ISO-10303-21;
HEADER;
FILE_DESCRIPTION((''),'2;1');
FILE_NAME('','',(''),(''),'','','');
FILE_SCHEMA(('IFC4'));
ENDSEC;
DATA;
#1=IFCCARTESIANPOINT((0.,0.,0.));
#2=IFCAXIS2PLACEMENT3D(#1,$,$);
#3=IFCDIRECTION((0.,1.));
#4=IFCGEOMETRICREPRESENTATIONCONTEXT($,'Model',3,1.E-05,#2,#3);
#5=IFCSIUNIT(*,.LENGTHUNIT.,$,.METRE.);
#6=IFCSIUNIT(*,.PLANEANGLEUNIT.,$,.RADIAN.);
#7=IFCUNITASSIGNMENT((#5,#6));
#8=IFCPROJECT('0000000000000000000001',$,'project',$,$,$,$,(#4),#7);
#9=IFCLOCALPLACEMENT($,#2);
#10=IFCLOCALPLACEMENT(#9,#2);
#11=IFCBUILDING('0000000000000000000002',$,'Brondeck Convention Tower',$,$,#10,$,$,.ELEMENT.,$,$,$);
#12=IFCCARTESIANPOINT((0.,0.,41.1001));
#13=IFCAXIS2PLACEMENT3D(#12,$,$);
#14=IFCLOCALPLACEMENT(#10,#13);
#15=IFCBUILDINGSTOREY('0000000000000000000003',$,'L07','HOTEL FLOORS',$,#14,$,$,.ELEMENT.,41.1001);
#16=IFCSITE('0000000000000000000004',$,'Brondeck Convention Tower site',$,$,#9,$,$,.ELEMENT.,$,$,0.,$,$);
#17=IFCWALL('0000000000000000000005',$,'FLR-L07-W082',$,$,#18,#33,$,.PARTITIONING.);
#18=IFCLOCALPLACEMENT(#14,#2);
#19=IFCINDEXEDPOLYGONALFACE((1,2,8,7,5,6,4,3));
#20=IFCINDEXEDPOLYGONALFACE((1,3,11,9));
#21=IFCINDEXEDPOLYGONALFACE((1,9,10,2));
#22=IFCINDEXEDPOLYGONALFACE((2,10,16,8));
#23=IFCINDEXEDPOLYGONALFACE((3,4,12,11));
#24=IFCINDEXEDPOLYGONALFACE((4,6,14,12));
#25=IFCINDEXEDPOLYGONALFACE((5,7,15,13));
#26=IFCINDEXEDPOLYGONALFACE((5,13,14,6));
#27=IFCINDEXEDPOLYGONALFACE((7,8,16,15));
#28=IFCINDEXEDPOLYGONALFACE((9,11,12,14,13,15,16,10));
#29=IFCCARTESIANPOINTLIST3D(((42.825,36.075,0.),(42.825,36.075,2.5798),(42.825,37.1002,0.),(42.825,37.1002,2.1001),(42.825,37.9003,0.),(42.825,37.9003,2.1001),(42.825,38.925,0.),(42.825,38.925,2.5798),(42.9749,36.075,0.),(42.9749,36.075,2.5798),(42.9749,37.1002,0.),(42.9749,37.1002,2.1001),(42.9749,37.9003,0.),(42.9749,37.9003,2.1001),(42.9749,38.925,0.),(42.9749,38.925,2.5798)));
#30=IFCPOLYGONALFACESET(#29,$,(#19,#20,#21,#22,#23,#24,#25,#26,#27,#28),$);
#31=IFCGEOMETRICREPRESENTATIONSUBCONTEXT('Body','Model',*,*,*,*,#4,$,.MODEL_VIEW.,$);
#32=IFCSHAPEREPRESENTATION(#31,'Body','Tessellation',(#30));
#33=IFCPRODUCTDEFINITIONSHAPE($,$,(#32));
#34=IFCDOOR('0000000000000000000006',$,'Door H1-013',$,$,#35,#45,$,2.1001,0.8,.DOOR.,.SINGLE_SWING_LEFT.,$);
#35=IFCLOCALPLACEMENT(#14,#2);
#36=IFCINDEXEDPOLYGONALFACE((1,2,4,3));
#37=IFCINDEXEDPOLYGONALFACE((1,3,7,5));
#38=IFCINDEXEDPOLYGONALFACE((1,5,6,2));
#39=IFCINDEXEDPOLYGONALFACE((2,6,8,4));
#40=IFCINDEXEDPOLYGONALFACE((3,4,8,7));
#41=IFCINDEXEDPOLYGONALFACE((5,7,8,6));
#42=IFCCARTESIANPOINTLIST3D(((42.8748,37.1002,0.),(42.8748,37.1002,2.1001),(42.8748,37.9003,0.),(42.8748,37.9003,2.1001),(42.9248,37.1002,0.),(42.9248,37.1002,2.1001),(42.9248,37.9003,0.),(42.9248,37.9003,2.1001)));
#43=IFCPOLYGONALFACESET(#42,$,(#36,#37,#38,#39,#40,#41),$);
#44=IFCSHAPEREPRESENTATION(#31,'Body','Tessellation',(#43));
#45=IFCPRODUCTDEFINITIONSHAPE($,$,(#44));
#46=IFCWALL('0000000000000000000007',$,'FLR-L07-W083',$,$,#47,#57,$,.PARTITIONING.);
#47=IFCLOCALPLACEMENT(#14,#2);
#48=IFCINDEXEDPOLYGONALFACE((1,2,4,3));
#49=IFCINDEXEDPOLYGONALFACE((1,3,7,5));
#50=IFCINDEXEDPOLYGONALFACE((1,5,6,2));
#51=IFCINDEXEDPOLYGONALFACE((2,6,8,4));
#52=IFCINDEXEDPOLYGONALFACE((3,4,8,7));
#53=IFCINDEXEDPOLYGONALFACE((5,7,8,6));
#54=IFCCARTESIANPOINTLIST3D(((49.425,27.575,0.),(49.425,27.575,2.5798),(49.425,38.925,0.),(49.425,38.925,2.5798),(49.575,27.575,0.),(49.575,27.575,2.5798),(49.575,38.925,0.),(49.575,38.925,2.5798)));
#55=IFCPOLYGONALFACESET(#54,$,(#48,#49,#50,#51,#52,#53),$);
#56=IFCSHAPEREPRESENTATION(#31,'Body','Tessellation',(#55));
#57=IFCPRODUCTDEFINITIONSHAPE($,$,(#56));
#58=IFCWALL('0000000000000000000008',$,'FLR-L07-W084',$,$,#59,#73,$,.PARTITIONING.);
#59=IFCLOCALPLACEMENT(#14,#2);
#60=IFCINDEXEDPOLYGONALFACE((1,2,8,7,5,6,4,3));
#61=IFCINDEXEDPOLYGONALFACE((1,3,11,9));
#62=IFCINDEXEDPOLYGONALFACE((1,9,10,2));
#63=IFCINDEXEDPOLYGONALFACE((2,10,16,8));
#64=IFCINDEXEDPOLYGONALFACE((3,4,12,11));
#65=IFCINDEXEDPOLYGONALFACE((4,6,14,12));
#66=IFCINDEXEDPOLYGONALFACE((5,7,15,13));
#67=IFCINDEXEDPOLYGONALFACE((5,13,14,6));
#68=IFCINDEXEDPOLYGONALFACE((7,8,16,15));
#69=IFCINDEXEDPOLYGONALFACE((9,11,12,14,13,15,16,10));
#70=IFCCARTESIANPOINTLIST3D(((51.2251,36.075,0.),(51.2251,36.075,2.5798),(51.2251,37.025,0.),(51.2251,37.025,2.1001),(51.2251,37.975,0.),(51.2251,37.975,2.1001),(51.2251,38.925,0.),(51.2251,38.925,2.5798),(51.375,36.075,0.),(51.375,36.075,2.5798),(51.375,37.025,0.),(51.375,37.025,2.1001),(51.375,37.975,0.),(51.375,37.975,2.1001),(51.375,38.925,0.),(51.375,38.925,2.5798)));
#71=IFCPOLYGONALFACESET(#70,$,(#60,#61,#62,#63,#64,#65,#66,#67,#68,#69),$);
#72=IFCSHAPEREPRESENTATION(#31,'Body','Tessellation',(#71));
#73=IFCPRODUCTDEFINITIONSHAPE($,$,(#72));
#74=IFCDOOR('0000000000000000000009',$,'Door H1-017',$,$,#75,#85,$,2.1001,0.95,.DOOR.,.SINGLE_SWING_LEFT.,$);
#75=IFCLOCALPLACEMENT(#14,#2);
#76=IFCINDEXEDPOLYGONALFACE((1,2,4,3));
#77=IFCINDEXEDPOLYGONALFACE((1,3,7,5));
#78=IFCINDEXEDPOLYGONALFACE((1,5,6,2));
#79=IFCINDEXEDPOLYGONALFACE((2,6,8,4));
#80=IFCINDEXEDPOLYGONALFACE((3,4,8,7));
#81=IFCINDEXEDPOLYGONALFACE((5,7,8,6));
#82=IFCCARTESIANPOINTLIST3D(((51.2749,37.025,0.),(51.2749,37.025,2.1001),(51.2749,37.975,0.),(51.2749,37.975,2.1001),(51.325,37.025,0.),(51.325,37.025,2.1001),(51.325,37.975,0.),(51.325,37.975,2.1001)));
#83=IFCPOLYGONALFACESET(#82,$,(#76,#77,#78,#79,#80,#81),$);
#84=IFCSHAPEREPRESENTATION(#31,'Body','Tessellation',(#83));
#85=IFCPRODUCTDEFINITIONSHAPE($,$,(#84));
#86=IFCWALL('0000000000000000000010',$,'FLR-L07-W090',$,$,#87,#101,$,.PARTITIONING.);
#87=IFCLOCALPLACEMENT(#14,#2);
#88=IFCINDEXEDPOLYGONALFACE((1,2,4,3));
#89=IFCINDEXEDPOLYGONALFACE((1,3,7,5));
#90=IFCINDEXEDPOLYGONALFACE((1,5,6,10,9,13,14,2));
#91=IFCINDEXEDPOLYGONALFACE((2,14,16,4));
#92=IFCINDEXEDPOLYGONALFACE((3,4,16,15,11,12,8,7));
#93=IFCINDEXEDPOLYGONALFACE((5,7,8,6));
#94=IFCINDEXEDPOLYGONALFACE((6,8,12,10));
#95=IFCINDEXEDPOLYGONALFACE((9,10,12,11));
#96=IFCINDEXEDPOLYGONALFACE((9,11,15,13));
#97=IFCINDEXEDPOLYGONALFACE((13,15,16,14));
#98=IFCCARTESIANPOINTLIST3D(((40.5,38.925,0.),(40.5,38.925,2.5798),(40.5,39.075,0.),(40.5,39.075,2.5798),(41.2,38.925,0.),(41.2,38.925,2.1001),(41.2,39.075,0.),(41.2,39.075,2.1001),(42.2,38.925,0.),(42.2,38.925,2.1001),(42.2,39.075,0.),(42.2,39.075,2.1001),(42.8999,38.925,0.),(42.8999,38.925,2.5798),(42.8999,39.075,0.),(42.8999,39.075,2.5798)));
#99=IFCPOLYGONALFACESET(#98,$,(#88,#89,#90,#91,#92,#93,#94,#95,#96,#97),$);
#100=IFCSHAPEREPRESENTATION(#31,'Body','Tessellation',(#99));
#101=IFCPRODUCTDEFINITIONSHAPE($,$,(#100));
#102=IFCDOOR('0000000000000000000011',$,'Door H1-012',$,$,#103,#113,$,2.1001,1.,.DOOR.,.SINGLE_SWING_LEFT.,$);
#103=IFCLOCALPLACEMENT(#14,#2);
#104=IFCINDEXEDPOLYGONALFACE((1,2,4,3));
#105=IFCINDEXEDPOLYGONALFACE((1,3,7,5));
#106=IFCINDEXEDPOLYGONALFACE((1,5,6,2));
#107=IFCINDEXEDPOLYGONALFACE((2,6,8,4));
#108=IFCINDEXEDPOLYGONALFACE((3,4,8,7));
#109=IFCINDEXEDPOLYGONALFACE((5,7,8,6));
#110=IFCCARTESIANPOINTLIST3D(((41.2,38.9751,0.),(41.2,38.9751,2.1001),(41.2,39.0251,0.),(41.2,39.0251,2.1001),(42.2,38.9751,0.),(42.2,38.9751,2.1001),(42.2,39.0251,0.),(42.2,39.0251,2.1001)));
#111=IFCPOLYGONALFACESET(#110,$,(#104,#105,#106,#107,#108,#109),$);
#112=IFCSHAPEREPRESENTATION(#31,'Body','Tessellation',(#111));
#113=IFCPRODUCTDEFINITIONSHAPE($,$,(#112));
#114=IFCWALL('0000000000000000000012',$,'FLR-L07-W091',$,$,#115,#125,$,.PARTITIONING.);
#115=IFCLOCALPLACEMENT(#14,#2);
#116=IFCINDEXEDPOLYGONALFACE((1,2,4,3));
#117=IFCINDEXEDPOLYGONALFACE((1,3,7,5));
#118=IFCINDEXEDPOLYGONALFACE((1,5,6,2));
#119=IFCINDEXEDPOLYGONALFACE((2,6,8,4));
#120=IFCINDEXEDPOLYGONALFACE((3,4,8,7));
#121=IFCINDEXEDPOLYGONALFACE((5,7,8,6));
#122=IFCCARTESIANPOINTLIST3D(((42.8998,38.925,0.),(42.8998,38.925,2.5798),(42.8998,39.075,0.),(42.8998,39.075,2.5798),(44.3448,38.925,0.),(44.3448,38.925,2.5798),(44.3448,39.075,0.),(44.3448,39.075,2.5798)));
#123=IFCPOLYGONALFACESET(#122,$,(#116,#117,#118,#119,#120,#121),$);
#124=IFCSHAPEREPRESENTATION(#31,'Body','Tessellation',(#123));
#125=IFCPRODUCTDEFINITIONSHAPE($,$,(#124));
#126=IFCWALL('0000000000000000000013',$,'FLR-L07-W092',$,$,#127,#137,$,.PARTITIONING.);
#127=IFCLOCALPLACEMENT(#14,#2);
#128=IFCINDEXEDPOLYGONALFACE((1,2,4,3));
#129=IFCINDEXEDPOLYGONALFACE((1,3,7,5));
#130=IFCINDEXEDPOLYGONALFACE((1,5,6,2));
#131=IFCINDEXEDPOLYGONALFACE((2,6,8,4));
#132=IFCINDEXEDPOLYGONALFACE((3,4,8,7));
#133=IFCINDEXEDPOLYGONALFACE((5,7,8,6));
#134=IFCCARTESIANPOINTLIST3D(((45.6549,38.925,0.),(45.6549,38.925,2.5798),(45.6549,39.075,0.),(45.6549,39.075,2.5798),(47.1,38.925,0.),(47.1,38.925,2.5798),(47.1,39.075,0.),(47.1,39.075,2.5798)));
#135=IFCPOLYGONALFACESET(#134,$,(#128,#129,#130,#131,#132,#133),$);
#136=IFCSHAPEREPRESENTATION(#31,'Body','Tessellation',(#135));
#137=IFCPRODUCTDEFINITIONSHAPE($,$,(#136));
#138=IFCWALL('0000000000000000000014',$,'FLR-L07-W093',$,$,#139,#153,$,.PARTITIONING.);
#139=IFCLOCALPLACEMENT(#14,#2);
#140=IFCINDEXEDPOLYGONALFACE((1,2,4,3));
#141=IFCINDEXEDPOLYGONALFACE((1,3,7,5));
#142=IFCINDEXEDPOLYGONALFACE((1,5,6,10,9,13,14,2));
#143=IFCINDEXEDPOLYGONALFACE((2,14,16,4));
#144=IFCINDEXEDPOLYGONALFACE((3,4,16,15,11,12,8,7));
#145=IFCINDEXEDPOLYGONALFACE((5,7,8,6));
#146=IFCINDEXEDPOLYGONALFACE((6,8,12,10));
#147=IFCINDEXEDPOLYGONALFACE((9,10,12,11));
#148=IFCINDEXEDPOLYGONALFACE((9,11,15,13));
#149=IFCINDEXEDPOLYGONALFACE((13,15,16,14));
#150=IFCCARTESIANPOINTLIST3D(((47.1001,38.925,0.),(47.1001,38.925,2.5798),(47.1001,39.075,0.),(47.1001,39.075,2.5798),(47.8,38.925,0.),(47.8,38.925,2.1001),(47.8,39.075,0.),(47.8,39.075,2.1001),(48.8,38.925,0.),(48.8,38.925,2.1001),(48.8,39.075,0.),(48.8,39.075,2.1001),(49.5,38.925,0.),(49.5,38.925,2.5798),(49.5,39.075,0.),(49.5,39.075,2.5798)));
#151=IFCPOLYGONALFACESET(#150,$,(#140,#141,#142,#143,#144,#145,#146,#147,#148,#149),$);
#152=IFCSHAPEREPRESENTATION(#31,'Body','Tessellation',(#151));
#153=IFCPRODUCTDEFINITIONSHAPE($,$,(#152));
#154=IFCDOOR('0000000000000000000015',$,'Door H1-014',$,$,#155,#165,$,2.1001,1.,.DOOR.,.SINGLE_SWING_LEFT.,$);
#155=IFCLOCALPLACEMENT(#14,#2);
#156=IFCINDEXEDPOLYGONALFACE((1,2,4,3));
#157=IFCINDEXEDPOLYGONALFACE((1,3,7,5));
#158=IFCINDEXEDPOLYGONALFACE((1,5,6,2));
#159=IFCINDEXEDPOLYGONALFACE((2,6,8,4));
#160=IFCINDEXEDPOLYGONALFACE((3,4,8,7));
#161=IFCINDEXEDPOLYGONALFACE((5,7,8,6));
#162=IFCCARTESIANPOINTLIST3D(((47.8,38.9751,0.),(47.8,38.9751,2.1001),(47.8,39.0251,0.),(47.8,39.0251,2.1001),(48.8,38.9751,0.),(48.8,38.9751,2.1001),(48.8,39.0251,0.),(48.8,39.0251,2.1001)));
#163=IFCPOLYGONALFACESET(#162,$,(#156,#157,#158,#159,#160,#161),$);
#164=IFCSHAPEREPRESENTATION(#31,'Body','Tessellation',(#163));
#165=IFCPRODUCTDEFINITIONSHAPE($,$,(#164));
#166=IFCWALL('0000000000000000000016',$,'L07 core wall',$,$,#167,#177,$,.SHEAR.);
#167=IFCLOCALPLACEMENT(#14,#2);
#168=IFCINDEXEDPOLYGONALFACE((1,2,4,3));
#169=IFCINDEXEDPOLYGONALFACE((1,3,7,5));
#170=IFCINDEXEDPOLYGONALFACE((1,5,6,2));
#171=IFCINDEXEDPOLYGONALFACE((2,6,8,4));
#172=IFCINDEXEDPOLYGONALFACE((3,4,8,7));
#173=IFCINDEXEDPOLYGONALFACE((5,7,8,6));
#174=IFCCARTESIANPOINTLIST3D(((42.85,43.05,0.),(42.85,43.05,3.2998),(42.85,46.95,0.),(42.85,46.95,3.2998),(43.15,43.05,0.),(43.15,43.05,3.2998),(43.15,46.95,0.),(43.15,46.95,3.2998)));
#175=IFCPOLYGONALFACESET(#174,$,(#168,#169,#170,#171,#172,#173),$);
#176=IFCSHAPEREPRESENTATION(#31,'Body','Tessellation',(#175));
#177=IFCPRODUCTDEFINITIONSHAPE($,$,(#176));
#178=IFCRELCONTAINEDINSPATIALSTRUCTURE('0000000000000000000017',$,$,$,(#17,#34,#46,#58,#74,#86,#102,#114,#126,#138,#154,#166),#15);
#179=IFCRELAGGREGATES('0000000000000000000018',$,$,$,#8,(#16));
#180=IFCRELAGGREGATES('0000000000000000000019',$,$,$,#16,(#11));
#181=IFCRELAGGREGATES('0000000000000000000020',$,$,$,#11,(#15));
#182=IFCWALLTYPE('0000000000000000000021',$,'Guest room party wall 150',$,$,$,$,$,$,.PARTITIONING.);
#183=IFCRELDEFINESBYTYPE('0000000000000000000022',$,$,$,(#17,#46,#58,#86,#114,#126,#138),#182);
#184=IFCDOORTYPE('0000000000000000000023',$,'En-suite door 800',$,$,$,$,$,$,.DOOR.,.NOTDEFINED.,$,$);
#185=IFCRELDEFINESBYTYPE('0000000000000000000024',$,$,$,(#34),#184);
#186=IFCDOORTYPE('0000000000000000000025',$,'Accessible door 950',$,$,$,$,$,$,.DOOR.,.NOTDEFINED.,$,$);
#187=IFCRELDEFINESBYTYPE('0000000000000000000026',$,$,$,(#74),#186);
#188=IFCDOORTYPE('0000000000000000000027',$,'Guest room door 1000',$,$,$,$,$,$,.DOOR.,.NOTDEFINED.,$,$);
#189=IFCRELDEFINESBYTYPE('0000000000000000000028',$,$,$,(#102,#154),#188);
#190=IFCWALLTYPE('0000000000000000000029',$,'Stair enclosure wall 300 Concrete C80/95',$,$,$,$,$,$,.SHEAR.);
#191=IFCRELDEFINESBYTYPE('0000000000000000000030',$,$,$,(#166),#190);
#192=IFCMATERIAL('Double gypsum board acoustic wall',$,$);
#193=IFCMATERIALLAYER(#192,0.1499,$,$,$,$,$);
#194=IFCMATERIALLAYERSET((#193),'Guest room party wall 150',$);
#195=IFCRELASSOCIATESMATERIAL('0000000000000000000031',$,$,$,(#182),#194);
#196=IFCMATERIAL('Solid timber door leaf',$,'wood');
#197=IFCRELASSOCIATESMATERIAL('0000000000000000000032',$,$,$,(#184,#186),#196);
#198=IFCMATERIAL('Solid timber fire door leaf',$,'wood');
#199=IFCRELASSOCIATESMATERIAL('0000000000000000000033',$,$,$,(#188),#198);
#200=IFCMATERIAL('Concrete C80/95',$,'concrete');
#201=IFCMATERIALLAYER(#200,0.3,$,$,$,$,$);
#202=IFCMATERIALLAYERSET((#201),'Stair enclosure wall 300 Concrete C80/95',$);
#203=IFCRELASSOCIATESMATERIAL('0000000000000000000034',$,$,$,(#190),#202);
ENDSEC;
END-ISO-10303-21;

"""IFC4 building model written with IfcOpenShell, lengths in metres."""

from ifc_helpers import new_model, si_unit, direction, frame, frame_2d, origin, place, context, subcontext, project, spatial, rectangle, extrude, material, layer, layer_set, type_object, element, fill, save


model = new_model("IFC4")

# Units and contexts
model_context = context("Model", 3, precision=1e-05, world=origin(), true_north=direction((0.0, 1.0)))
body_context = subcontext(model_context, "Body", "Model", "MODEL_VIEW")
ifc_project = project(units=[si_unit("LENGTHUNIT", "METRE"), si_unit("PLANEANGLEUNIT", "RADIAN")], contexts=[model_context])

# Site, building, storey
site_placement = place(None, origin())
site = spatial("IfcSite", under=ifc_project, at=site_placement, Name="Brondeck Convention Tower site", CompositionType="ELEMENT", RefElevation=0.0)
building_placement = place(site_placement, origin())
building = spatial("IfcBuilding", under=site, at=building_placement, Name="Brondeck Convention Tower", CompositionType="ELEMENT")
storey_placement = place(building_placement, frame((0.0, 0.0, 41.1001)))
storey = spatial("IfcBuildingStorey", under=building, at=storey_placement, Name="L07", Description="HOTEL FLOORS", CompositionType="ELEMENT", Elevation=41.1001)

# Shared definitions
ifc_material_1 = material(Name="Concrete C80/95", Category="concrete")

# Shared definitions
ifc_material_2 = material(Name="Double gypsum board acoustic wall")
ifc_layer_1 = layer(ifc_material_2, 0.1499)
ifc_layer_set_1 = layer_set([ifc_layer_1], Name="Guest room party wall 150")
wall_type_1 = type_object("IfcWallType", Name="Guest room party wall 150", PredefinedType="PARTITIONING", material=ifc_layer_set_1)

# Shared definitions
ifc_material_3 = material(Name="Solid timber door leaf", Category="wood")
door_type_1 = type_object("IfcDoorType", Name="En-suite door 800", OperationType="NOTDEFINED", PredefinedType="DOOR", material=ifc_material_3)

# Wall, opening, door
wall_1_placement = place(storey_placement, frame((42.8999, 38.925, 0.0), z_axis=(0.0, 0.0, 1.0), x_axis=(0.0, -1.0, 0.0)))
wall_1 = element("IfcWall", 1, at=wall_1_placement, inside=storey, type_object=wall_type_1, Name="FLR-L07-W082", PredefinedType="PARTITIONING", context=body_context, shape_type="SweptSolid", body=[
    extrude(rectangle(XDim=2.8501, YDim=0.1499, at=frame_2d((1.425, 0.0))), origin(), (0.0, 0.0, 1.0), 2.5798),
])
opening_1_placement = place(wall_1_placement, frame((1.0249, 0.0, 0.0)))
opening_1 = element("IfcOpeningElement", 2, at=opening_1_placement, cuts=wall_1, PredefinedType="OPENING", context=body_context, shape_type="SweptSolid", body=[
    extrude(rectangle(XDim=0.8, YDim=2.1001, at=frame_2d((0.3999, 1.05))), frame((0.0, 0.085, 0.0), z_axis=(0.0, -1.0, 0.0), x_axis=(1.0, 0.0, 0.0)), (0.0, 0.0, 1.0), 0.1699),
])
door_1_placement = place(opening_1_placement, origin())
door_1 = element("IfcDoor", 3, at=door_1_placement, inside=storey, type_object=door_type_1, Name="Door H1-013", OperationType="SINGLE_SWING_LEFT", OverallHeight=2.1001, OverallWidth=0.8, PredefinedType="DOOR", context=body_context, shape_type="SweptSolid", body=[
    extrude(rectangle(XDim=0.8, YDim=2.1001, at=frame_2d((0.3999, 1.05))), frame((0.0, 0.0249, 0.0), z_axis=(0.0, -1.0, 0.0), x_axis=(1.0, 0.0, 0.0)), (0.0, 0.0, 1.0), 0.05),
])
fill(opening_1, door_1)

# Wall
wall_2_placement = place(storey_placement, frame((49.5, 38.925, 0.0), z_axis=(0.0, 0.0, 1.0), x_axis=(0.0, -1.0, 0.0)))
element("IfcWall", 4, at=wall_2_placement, inside=storey, type_object=wall_type_1, Name="FLR-L07-W083", PredefinedType="PARTITIONING", context=body_context, shape_type="SweptSolid", body=[
    extrude(rectangle(XDim=11.3501, YDim=0.1499, at=frame_2d((5.675, 0.0))), origin(), (0.0, 0.0, 1.0), 2.5798),
])

# Walls, openings, doors
wall_3_placement = place(storey_placement, frame((51.3, 38.925, 0.0), z_axis=(0.0, 0.0, 1.0), x_axis=(0.0, -1.0, 0.0)))
wall_3 = element("IfcWall", 5, at=wall_3_placement, inside=storey, type_object=wall_type_1, Name="FLR-L07-W084", PredefinedType="PARTITIONING", context=body_context, shape_type="SweptSolid", body=[
    extrude(rectangle(XDim=2.8501, YDim=0.1499, at=frame_2d((1.425, 0.0))), origin(), (0.0, 0.0, 1.0), 2.5798),
])
opening_2_placement = place(wall_3_placement, frame((0.95, 0.0, 0.0)))
opening_2 = element("IfcOpeningElement", 6, at=opening_2_placement, cuts=wall_3, PredefinedType="OPENING", context=body_context, shape_type="SweptSolid", body=[
    extrude(rectangle(XDim=0.95, YDim=2.1001, at=frame_2d((0.4751, 1.05))), frame((0.0, 0.085, 0.0), z_axis=(0.0, -1.0, 0.0), x_axis=(1.0, 0.0, 0.0)), (0.0, 0.0, 1.0), 0.1699),
])
door_type_2 = type_object("IfcDoorType", Name="Accessible door 950", OperationType="NOTDEFINED", PredefinedType="DOOR", material=ifc_material_3)
door_2_placement = place(opening_2_placement, origin())
door_2 = element("IfcDoor", 7, at=door_2_placement, inside=storey, type_object=door_type_2, Name="Door H1-017", OperationType="SINGLE_SWING_LEFT", OverallHeight=2.1001, OverallWidth=0.95, PredefinedType="DOOR", context=body_context, shape_type="SweptSolid", body=[
    extrude(rectangle(XDim=0.95, YDim=2.1001, at=frame_2d((0.4751, 1.05))), frame((0.0, 0.0249, 0.0), z_axis=(0.0, -1.0, 0.0), x_axis=(1.0, 0.0, 0.0)), (0.0, 0.0, 1.0), 0.05),
])
fill(opening_2, door_2)
wall_4_placement = place(storey_placement, frame((42.8999, 39.0, 0.0), z_axis=(0.0, 0.0, 1.0), x_axis=(-1.0, 0.0, 0.0)))
wall_4 = element("IfcWall", 8, at=wall_4_placement, inside=storey, type_object=wall_type_1, Name="FLR-L07-W090", PredefinedType="PARTITIONING", context=body_context, shape_type="SweptSolid", body=[
    extrude(rectangle(XDim=2.3999, YDim=0.1499, at=frame_2d((1.2, 0.0))), origin(), (0.0, 0.0, 1.0), 2.5798),
])
opening_3_placement = place(wall_4_placement, frame((0.7, 0.0, 0.0)))
opening_3 = element("IfcOpeningElement", 9, at=opening_3_placement, cuts=wall_4, PredefinedType="OPENING", context=body_context, shape_type="SweptSolid", body=[
    extrude(rectangle(XDim=1.0, YDim=2.1001, at=frame_2d((0.5, 1.05))), frame((0.0, 0.085, 0.0), z_axis=(0.0, -1.0, 0.0), x_axis=(1.0, 0.0, 0.0)), (0.0, 0.0, 1.0), 0.1699),
])
ifc_material_4 = material(Name="Solid timber fire door leaf", Category="wood")
door_type_3 = type_object("IfcDoorType", Name="Guest room door 1000", OperationType="NOTDEFINED", PredefinedType="DOOR", material=ifc_material_4)
door_3_placement = place(opening_3_placement, origin())
door_3 = element("IfcDoor", 10, at=door_3_placement, inside=storey, type_object=door_type_3, Name="Door H1-012", OperationType="SINGLE_SWING_LEFT", OverallHeight=2.1001, OverallWidth=1.0, PredefinedType="DOOR", context=body_context, shape_type="SweptSolid", body=[
    extrude(rectangle(XDim=1.0, YDim=2.1001, at=frame_2d((0.5, 1.05))), frame((0.0, 0.0249, 0.0), z_axis=(0.0, -1.0, 0.0), x_axis=(1.0, 0.0, 0.0)), (0.0, 0.0, 1.0), 0.05),
])
fill(opening_3, door_3)

# Walls
for number, where, z_axis, x_axis, name in (
    (11, (44.345, 39.0, 0.0), (0.0, 0.0, 1.0), (-1.0, 0.0, 0.0), "FLR-L07-W091"),
    (12, (47.1001, 39.0, 0.0), (0.0, 0.0, 1.0), (-1.0, 0.0, 0.0), "FLR-L07-W092"),
):
    element("IfcWall", number, at=place(storey_placement, frame(where, z_axis=z_axis, x_axis=x_axis)), inside=storey, type_object=wall_type_1, Name=name, PredefinedType="PARTITIONING", context=body_context, shape_type="SweptSolid", body=[
        extrude(rectangle(XDim=1.4451, YDim=0.1499, at=frame_2d((0.7227, 0.0))), origin(), (0.0, 0.0, 1.0), 2.5798),
    ])

# Wall, opening, door
wall_5_placement = place(storey_placement, frame((49.5, 39.0, 0.0), z_axis=(0.0, 0.0, 1.0), x_axis=(-1.0, 0.0, 0.0)))
wall_5 = element("IfcWall", 13, at=wall_5_placement, inside=storey, type_object=wall_type_1, Name="FLR-L07-W093", PredefinedType="PARTITIONING", context=body_context, shape_type="SweptSolid", body=[
    extrude(rectangle(XDim=2.3999, YDim=0.1499, at=frame_2d((1.2, 0.0))), origin(), (0.0, 0.0, 1.0), 2.5798),
])
opening_4_placement = place(wall_5_placement, frame((0.7, 0.0, 0.0)))
opening_4 = element("IfcOpeningElement", 14, at=opening_4_placement, cuts=wall_5, PredefinedType="OPENING", context=body_context, shape_type="SweptSolid", body=[
    extrude(rectangle(XDim=1.0, YDim=2.1001, at=frame_2d((0.5, 1.05))), frame((0.0, 0.085, 0.0), z_axis=(0.0, -1.0, 0.0), x_axis=(1.0, 0.0, 0.0)), (0.0, 0.0, 1.0), 0.1699),
])
door_4_placement = place(opening_4_placement, origin())
door_4 = element("IfcDoor", 15, at=door_4_placement, inside=storey, type_object=door_type_3, Name="Door H1-014", OperationType="SINGLE_SWING_LEFT", OverallHeight=2.1001, OverallWidth=1.0, PredefinedType="DOOR", context=body_context, shape_type="SweptSolid", body=[
    extrude(rectangle(XDim=1.0, YDim=2.1001, at=frame_2d((0.5, 1.05))), frame((0.0, 0.0249, 0.0), z_axis=(0.0, -1.0, 0.0), x_axis=(1.0, 0.0, 0.0)), (0.0, 0.0, 1.0), 0.05),
])
fill(opening_4, door_4)

# Wall
ifc_layer_2 = layer(ifc_material_1, 0.3)
ifc_layer_set_2 = layer_set([ifc_layer_2], Name="Stair enclosure wall 300 Concrete C80/95")
wall_type_2 = type_object("IfcWallType", Name="Stair enclosure wall 300 Concrete C80/95", PredefinedType="SHEAR", material=ifc_layer_set_2)
for number, where, z_axis, x_axis, name in (
    (16, (43.0, 43.05, 0.0), (0.0, 0.0, 1.0), (0.0, 1.0, 0.0), "L07 core wall"),
):
    element("IfcWall", number, at=place(storey_placement, frame(where, z_axis=z_axis, x_axis=x_axis)), inside=storey, type_object=wall_type_2, Name=name, PredefinedType="SHEAR", context=body_context, shape_type="SweptSolid", body=[
        extrude(rectangle(XDim=3.8999, YDim=0.3, at=frame_2d((1.95, 0.0))), origin(), (0.0, 0.0, 1.0), 3.2998),
    ])

save(model, "model.ifc")
